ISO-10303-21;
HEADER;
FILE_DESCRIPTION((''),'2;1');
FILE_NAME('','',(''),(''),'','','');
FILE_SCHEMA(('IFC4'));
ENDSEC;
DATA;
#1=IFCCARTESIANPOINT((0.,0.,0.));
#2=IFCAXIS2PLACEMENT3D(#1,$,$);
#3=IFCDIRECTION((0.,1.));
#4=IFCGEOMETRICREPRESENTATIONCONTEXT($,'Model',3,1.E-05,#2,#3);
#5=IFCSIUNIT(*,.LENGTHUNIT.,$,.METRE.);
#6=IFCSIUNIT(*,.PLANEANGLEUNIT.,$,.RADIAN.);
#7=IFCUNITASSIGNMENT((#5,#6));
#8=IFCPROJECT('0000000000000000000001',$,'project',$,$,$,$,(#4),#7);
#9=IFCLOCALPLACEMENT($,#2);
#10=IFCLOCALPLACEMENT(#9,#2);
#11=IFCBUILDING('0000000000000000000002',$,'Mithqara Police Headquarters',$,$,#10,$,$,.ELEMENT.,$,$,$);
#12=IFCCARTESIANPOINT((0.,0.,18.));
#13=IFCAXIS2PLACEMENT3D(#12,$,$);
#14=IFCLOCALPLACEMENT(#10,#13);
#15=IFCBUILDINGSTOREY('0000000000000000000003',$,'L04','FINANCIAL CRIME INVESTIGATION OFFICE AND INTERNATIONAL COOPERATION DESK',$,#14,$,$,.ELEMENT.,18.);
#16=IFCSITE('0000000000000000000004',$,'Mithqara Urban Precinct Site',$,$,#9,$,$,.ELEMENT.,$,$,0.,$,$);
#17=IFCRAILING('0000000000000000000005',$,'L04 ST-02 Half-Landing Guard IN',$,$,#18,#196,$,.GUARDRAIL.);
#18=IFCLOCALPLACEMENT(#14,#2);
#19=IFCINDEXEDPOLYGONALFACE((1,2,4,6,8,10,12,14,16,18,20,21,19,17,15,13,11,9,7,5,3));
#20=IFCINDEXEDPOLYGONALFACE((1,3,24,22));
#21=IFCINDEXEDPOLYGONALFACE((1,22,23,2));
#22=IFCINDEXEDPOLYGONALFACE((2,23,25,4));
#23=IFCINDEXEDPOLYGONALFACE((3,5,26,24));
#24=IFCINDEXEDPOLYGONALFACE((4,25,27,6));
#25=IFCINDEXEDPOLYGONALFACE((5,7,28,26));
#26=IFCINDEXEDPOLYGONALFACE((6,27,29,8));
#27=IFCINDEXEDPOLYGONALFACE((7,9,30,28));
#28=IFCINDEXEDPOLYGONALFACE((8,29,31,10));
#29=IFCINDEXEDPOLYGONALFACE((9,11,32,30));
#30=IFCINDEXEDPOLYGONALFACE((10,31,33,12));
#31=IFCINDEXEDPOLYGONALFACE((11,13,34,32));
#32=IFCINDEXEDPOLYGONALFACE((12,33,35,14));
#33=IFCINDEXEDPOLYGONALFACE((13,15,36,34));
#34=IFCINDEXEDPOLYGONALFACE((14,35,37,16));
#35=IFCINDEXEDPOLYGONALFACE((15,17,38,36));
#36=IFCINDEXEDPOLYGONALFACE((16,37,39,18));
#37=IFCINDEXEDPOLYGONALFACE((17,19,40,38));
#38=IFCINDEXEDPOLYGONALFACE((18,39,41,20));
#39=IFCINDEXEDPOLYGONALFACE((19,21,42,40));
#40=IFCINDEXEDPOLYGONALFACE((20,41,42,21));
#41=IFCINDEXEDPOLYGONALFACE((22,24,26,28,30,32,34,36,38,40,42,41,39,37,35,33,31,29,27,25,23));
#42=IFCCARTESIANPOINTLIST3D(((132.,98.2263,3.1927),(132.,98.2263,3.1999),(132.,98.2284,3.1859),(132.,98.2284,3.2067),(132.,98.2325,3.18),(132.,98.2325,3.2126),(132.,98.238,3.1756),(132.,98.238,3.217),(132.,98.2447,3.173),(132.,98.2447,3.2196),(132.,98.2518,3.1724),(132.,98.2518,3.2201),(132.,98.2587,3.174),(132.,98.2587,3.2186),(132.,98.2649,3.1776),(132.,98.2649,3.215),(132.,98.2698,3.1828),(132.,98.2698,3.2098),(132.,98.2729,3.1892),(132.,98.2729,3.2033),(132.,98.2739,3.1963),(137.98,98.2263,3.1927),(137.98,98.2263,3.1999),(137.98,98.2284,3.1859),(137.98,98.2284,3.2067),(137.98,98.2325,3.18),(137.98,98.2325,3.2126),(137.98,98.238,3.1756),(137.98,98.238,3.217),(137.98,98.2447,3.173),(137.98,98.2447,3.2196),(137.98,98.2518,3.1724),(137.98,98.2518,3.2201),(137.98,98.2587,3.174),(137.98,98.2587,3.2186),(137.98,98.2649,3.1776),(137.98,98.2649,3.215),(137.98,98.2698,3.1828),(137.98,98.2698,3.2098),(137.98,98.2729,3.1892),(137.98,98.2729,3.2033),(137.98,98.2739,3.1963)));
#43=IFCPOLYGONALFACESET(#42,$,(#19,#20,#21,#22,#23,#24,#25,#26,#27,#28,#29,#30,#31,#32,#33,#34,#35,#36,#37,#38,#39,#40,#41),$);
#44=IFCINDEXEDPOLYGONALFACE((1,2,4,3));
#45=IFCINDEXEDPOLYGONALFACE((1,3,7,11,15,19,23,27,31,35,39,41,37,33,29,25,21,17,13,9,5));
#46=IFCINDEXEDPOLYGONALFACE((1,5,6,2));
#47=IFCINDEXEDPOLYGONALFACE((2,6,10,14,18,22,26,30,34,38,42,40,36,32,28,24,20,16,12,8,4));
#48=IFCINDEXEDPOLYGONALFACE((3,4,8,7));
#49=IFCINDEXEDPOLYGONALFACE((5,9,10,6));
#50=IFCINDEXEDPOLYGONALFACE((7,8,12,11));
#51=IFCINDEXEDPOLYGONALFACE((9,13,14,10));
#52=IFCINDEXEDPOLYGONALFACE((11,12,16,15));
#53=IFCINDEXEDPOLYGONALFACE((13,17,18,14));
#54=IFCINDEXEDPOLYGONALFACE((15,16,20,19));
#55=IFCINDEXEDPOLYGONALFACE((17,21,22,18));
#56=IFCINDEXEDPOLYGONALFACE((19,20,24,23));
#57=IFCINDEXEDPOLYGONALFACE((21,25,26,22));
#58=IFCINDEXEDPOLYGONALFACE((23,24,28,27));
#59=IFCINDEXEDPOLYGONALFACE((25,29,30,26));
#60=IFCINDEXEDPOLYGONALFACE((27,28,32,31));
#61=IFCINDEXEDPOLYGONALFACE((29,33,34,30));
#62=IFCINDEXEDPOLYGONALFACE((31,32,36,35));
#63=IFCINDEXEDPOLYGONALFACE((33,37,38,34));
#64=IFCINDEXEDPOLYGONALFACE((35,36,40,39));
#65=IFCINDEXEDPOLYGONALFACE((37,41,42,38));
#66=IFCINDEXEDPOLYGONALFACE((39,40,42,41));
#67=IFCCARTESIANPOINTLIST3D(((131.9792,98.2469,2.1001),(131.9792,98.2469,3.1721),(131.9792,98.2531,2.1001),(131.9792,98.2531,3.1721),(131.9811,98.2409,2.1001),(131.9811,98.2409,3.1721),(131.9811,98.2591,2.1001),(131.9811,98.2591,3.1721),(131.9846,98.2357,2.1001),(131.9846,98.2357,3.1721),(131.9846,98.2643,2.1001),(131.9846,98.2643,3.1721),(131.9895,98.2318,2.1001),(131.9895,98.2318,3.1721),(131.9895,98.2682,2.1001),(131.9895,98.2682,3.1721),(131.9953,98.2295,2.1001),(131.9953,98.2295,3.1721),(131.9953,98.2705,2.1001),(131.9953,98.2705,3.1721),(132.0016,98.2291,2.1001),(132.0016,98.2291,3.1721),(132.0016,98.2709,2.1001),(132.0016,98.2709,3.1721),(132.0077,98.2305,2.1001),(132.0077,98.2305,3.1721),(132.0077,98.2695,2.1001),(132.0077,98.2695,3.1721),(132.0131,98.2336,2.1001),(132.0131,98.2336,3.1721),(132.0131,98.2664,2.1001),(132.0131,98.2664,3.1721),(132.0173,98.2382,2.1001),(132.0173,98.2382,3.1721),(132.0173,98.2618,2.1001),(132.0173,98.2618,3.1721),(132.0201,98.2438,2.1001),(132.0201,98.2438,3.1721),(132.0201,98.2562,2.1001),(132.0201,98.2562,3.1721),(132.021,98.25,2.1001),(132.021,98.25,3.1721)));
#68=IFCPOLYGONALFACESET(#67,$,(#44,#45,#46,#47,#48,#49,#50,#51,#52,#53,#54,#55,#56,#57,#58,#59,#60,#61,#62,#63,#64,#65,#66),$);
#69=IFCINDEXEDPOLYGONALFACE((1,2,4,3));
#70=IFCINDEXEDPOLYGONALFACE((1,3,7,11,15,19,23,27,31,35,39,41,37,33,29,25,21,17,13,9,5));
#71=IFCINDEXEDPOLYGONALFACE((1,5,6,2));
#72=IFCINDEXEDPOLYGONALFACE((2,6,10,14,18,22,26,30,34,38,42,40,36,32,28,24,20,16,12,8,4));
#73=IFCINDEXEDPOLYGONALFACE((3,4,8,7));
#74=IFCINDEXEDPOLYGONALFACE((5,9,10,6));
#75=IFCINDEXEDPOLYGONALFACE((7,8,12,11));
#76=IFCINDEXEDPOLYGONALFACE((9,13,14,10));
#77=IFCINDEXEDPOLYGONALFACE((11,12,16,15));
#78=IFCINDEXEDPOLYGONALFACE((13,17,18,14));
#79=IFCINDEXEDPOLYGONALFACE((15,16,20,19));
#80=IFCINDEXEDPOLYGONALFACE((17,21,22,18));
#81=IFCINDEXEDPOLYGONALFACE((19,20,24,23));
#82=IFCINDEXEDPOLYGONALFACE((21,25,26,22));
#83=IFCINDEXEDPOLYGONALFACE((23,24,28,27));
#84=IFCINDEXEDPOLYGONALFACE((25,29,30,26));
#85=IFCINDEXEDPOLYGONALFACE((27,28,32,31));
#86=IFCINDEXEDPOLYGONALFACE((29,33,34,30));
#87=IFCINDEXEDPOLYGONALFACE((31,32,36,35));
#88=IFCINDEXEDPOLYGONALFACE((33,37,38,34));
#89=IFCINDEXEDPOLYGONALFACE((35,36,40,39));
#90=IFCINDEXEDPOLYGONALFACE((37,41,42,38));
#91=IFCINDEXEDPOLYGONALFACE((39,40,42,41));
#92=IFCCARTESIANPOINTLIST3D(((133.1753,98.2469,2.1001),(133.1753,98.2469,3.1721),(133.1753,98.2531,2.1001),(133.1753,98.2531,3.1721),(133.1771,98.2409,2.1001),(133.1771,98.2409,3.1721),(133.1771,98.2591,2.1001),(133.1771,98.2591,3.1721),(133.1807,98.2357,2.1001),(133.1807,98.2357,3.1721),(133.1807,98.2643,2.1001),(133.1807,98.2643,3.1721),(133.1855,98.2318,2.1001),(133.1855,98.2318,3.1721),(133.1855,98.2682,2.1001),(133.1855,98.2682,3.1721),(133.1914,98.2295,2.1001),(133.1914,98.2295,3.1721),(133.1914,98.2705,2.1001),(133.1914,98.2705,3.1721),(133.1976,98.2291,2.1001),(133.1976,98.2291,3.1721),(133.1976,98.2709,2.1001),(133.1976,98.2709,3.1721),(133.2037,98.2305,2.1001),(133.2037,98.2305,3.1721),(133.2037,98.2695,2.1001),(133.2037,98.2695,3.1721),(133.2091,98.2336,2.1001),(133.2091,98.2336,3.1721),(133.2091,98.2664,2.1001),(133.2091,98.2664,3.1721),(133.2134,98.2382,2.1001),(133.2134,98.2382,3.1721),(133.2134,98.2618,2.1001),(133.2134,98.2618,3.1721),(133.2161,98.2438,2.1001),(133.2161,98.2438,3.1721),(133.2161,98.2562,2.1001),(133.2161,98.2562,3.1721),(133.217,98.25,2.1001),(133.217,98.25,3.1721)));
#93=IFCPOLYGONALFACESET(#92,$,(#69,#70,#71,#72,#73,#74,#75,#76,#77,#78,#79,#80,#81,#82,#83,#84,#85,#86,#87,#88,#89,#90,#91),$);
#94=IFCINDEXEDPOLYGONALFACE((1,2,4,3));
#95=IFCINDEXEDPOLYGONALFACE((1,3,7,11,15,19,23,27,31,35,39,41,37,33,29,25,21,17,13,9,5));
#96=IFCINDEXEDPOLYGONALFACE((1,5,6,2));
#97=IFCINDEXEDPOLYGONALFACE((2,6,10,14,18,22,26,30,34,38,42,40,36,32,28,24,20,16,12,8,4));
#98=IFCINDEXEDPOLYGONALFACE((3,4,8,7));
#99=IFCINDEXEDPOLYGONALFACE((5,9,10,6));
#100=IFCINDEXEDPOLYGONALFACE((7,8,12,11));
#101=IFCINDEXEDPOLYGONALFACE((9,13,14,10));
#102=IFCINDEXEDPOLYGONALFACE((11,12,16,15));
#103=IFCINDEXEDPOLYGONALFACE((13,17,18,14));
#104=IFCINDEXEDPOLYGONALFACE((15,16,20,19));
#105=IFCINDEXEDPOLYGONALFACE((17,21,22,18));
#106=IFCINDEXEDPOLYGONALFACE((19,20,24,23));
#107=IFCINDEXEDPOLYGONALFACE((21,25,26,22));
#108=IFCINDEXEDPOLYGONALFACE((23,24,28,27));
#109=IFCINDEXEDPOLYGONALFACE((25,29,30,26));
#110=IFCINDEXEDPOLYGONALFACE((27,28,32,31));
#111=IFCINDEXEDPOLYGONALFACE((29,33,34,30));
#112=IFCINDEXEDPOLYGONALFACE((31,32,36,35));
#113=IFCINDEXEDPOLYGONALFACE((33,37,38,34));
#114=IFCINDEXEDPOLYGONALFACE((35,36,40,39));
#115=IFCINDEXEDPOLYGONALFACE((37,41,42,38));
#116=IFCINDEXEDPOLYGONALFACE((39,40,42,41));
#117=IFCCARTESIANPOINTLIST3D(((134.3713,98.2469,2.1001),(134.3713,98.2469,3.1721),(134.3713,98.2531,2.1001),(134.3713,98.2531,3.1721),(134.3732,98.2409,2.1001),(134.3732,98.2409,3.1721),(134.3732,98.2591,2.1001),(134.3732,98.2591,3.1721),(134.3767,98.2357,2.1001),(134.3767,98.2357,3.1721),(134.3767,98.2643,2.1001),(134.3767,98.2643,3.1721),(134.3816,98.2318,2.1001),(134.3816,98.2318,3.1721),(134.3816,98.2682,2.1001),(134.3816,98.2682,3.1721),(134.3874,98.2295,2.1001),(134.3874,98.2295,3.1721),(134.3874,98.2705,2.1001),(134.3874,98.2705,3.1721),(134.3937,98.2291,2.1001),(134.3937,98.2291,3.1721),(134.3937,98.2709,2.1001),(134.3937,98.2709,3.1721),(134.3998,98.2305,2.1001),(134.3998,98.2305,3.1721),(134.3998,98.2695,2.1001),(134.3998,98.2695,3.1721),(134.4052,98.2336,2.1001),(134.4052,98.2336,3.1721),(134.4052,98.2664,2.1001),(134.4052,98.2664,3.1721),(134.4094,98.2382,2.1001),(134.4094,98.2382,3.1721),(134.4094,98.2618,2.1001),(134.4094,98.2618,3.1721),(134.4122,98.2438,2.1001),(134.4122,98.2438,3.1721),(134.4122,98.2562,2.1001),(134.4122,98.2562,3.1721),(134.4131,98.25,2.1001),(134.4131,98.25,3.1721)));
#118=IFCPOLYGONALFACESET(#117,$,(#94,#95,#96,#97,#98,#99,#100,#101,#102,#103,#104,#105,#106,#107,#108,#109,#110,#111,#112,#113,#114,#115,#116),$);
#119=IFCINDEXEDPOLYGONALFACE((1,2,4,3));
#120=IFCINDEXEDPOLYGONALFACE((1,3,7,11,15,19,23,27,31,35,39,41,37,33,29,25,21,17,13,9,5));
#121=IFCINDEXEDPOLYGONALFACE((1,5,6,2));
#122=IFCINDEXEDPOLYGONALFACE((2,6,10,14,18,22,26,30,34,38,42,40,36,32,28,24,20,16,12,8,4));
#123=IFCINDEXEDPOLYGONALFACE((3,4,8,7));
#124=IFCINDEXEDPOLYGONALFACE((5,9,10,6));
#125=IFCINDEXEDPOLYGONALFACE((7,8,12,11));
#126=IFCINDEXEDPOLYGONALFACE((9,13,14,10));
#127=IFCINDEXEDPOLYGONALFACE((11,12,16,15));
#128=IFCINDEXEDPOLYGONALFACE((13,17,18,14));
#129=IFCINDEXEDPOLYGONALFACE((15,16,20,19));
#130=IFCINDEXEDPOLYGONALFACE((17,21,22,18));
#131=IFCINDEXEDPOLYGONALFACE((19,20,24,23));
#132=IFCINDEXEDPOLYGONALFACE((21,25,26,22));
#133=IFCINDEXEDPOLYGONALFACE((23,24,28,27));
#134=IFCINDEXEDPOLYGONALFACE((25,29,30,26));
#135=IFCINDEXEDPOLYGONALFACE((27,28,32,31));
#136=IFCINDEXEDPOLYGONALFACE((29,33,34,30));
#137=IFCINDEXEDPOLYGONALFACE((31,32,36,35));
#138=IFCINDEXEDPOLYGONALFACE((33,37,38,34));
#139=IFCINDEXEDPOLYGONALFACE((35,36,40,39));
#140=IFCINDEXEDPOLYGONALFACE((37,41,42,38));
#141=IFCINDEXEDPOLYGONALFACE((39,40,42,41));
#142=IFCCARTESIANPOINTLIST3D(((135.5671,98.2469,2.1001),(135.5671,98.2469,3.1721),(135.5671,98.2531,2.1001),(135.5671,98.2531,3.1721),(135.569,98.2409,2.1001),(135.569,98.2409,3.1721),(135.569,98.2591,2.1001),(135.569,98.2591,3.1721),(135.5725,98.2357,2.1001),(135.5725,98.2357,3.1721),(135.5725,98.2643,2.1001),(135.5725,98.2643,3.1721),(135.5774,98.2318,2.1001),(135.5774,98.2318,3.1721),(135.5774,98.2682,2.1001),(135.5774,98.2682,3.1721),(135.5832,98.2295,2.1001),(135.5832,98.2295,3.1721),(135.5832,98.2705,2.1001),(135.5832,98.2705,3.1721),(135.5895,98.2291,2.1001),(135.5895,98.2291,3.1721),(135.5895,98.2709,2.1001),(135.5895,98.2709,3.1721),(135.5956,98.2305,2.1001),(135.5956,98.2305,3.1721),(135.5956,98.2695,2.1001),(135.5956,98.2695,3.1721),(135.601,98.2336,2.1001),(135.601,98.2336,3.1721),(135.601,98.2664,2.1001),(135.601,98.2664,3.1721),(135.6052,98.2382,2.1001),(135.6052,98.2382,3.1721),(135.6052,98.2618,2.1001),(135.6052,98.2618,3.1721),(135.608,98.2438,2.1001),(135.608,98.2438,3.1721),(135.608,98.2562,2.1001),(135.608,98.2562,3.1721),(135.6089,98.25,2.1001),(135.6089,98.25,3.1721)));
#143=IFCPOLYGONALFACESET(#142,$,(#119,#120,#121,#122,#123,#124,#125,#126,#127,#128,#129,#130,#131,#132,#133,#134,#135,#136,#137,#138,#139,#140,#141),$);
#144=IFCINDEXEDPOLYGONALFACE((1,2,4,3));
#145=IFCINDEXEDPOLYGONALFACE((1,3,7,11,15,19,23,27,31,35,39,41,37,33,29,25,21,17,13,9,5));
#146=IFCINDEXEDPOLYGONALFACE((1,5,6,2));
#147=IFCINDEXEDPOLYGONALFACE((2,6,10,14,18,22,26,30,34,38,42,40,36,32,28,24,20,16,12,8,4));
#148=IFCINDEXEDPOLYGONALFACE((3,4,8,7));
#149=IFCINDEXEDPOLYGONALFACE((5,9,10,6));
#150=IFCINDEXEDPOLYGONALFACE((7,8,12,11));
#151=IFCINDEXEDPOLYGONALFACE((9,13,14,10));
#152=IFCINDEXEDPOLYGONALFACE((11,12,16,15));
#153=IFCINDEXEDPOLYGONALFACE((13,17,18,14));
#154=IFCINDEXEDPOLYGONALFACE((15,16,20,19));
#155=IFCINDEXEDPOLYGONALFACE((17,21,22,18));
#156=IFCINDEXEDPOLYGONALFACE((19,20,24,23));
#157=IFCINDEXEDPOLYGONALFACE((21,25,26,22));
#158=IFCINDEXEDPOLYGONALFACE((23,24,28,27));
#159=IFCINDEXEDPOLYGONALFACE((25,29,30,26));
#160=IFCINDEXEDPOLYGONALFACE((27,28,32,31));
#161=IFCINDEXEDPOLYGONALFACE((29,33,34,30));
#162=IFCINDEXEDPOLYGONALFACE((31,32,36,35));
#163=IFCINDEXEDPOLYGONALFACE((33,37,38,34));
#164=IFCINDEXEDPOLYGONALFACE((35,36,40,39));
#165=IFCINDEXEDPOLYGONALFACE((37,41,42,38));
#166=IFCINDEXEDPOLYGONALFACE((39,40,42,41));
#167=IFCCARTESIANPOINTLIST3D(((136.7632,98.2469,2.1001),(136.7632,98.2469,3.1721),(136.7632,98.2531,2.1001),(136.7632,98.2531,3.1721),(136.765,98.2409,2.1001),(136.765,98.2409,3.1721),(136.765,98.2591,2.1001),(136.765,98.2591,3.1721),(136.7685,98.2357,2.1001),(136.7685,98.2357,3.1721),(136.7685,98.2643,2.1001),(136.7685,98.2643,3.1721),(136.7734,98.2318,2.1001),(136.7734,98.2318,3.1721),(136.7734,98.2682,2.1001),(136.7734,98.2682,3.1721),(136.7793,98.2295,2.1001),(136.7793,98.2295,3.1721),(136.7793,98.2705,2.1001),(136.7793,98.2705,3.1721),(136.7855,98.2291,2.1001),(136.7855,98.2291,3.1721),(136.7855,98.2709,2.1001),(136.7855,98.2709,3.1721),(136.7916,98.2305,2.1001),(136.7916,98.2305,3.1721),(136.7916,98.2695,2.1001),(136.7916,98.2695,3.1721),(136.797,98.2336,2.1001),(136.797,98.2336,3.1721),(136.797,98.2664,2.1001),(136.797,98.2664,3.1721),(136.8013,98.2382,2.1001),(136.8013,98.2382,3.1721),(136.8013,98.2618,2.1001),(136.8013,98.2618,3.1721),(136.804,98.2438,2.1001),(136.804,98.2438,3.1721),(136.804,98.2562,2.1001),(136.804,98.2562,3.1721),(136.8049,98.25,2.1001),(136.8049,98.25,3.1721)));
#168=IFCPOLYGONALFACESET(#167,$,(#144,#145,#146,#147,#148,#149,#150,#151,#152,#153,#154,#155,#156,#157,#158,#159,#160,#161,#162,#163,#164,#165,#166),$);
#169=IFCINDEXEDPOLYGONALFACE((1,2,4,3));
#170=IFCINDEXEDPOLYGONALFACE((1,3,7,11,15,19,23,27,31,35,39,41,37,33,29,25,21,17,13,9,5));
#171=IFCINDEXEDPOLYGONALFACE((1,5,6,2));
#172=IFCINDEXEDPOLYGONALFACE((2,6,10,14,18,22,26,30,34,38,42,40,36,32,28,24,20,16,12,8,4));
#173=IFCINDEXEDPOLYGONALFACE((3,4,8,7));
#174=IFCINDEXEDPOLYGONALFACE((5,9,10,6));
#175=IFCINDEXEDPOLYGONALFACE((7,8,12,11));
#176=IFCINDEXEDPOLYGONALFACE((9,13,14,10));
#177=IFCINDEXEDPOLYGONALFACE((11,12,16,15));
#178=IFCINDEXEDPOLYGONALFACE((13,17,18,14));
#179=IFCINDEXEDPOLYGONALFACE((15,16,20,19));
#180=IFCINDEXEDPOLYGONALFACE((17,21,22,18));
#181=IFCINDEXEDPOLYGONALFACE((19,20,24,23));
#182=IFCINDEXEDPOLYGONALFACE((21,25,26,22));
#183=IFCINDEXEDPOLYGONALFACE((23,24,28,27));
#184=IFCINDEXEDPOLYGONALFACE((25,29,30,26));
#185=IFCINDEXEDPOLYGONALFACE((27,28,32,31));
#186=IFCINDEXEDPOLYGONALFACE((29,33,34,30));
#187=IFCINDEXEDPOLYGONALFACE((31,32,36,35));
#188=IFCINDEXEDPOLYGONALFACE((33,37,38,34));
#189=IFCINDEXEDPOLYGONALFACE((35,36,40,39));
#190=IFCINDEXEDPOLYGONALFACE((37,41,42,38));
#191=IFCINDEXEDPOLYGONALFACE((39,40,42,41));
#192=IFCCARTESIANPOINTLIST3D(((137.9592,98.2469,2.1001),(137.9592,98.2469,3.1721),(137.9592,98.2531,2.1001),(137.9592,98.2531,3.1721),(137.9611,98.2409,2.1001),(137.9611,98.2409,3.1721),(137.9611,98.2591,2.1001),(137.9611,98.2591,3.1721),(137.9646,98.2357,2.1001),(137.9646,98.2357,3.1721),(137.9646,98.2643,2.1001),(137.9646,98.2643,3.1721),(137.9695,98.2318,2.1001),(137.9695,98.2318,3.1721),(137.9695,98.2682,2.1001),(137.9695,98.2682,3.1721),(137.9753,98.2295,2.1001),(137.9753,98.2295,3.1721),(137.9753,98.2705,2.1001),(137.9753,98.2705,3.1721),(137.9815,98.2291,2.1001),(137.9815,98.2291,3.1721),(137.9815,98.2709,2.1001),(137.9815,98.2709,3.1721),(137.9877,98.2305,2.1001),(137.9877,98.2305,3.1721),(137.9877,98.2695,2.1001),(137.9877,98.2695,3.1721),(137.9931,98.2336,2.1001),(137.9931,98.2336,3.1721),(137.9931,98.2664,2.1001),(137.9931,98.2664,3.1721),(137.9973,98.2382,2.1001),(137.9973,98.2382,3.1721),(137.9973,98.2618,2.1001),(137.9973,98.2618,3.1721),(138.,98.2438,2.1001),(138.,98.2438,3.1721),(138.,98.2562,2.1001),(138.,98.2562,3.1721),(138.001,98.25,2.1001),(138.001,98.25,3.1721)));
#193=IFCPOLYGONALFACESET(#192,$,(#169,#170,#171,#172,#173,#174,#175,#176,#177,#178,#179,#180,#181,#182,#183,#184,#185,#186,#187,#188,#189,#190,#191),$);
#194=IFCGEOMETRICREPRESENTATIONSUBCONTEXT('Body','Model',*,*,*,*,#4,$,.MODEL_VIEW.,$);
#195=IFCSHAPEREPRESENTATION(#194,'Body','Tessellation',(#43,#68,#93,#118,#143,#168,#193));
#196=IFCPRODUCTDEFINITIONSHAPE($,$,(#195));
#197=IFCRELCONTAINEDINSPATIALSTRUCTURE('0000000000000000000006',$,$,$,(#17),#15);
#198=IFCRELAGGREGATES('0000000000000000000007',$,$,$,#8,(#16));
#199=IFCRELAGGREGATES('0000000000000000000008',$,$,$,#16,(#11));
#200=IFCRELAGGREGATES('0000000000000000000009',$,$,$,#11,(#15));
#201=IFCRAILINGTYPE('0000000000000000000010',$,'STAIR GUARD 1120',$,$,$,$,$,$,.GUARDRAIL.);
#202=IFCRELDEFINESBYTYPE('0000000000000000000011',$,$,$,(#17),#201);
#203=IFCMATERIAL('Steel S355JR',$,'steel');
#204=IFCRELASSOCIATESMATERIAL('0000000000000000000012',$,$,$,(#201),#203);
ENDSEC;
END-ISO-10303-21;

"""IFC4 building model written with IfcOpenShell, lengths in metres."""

from ifc_helpers import new_model, si_unit, direction, frame, origin, origin_2d, place, context, subcontext, project, spatial, circle, extrude, material, type_object, element, save


model = new_model("IFC4")

# Units and contexts
model_context = context("Model", 3, precision=1e-05, world=origin(), true_north=direction((0.0, 1.0)))
body_context = subcontext(model_context, "Body", "Model", "MODEL_VIEW")
ifc_project = project(units=[si_unit("LENGTHUNIT", "METRE"), si_unit("PLANEANGLEUNIT", "RADIAN")], contexts=[model_context])

# Site, building, storey
site_placement = place(None, origin())
site = spatial("IfcSite", under=ifc_project, at=site_placement, Name="Mithqara Urban Precinct Site", CompositionType="ELEMENT", RefElevation=0.0)
building_placement = place(site_placement, origin())
building = spatial("IfcBuilding", under=site, at=building_placement, Name="Mithqara Police Headquarters", CompositionType="ELEMENT")
storey_placement = place(building_placement, frame((0.0, 0.0, 18.0)))
storey = spatial("IfcBuildingStorey", under=building, at=storey_placement, Name="L04", Description="FINANCIAL CRIME INVESTIGATION OFFICE AND INTERNATIONAL COOPERATION DESK", CompositionType="ELEMENT", Elevation=18.0)

# Shared definitions
ifc_material_1 = material(Name="Steel S355JR", Category="steel")

# Railing
railing_type_1 = type_object("IfcRailingType", Name="STAIR GUARD 1120", PredefinedType="GUARDRAIL", material=ifc_material_1)
for number, where, name in (
    (1, (132.0, 98.25, 2.1001), "L04 ST-02 Half-Landing Guard IN"),
):
    element("IfcRailing", number, at=place(storey_placement, frame(where)), inside=storey, type_object=railing_type_1, Name=name, PredefinedType="GUARDRAIL", context=body_context, shape_type="SweptSolid", body=[
        extrude(circle(Radius=0.0239, at=origin_2d()), frame((0.0, 0.0, 1.0962), z_axis=(1.0, 0.0, 0.0), x_axis=(0.0, 1.0, 0.0)), (0.0, 0.0, 1.0), 5.98),
        extrude(circle(Radius=0.021, at=origin_2d()), origin(), (0.0, 0.0, 1.0), 1.072),
        extrude(circle(Radius=0.021, at=origin_2d()), frame((1.196, 0.0, 0.0)), (0.0, 0.0, 1.0), 1.072),
        extrude(circle(Radius=0.021, at=origin_2d()), frame((2.3921, 0.0, 0.0)), (0.0, 0.0, 1.0), 1.072),
        extrude(circle(Radius=0.021, at=origin_2d()), frame((3.5879, 0.0, 0.0)), (0.0, 0.0, 1.0), 1.072),
        extrude(circle(Radius=0.021, at=origin_2d()), frame((4.7839, 0.0, 0.0)), (0.0, 0.0, 1.0), 1.072),
        extrude(circle(Radius=0.021, at=origin_2d()), frame((5.98, 0.0, 0.0)), (0.0, 0.0, 1.0), 1.072),
    ])

save(model, "model.ifc")
